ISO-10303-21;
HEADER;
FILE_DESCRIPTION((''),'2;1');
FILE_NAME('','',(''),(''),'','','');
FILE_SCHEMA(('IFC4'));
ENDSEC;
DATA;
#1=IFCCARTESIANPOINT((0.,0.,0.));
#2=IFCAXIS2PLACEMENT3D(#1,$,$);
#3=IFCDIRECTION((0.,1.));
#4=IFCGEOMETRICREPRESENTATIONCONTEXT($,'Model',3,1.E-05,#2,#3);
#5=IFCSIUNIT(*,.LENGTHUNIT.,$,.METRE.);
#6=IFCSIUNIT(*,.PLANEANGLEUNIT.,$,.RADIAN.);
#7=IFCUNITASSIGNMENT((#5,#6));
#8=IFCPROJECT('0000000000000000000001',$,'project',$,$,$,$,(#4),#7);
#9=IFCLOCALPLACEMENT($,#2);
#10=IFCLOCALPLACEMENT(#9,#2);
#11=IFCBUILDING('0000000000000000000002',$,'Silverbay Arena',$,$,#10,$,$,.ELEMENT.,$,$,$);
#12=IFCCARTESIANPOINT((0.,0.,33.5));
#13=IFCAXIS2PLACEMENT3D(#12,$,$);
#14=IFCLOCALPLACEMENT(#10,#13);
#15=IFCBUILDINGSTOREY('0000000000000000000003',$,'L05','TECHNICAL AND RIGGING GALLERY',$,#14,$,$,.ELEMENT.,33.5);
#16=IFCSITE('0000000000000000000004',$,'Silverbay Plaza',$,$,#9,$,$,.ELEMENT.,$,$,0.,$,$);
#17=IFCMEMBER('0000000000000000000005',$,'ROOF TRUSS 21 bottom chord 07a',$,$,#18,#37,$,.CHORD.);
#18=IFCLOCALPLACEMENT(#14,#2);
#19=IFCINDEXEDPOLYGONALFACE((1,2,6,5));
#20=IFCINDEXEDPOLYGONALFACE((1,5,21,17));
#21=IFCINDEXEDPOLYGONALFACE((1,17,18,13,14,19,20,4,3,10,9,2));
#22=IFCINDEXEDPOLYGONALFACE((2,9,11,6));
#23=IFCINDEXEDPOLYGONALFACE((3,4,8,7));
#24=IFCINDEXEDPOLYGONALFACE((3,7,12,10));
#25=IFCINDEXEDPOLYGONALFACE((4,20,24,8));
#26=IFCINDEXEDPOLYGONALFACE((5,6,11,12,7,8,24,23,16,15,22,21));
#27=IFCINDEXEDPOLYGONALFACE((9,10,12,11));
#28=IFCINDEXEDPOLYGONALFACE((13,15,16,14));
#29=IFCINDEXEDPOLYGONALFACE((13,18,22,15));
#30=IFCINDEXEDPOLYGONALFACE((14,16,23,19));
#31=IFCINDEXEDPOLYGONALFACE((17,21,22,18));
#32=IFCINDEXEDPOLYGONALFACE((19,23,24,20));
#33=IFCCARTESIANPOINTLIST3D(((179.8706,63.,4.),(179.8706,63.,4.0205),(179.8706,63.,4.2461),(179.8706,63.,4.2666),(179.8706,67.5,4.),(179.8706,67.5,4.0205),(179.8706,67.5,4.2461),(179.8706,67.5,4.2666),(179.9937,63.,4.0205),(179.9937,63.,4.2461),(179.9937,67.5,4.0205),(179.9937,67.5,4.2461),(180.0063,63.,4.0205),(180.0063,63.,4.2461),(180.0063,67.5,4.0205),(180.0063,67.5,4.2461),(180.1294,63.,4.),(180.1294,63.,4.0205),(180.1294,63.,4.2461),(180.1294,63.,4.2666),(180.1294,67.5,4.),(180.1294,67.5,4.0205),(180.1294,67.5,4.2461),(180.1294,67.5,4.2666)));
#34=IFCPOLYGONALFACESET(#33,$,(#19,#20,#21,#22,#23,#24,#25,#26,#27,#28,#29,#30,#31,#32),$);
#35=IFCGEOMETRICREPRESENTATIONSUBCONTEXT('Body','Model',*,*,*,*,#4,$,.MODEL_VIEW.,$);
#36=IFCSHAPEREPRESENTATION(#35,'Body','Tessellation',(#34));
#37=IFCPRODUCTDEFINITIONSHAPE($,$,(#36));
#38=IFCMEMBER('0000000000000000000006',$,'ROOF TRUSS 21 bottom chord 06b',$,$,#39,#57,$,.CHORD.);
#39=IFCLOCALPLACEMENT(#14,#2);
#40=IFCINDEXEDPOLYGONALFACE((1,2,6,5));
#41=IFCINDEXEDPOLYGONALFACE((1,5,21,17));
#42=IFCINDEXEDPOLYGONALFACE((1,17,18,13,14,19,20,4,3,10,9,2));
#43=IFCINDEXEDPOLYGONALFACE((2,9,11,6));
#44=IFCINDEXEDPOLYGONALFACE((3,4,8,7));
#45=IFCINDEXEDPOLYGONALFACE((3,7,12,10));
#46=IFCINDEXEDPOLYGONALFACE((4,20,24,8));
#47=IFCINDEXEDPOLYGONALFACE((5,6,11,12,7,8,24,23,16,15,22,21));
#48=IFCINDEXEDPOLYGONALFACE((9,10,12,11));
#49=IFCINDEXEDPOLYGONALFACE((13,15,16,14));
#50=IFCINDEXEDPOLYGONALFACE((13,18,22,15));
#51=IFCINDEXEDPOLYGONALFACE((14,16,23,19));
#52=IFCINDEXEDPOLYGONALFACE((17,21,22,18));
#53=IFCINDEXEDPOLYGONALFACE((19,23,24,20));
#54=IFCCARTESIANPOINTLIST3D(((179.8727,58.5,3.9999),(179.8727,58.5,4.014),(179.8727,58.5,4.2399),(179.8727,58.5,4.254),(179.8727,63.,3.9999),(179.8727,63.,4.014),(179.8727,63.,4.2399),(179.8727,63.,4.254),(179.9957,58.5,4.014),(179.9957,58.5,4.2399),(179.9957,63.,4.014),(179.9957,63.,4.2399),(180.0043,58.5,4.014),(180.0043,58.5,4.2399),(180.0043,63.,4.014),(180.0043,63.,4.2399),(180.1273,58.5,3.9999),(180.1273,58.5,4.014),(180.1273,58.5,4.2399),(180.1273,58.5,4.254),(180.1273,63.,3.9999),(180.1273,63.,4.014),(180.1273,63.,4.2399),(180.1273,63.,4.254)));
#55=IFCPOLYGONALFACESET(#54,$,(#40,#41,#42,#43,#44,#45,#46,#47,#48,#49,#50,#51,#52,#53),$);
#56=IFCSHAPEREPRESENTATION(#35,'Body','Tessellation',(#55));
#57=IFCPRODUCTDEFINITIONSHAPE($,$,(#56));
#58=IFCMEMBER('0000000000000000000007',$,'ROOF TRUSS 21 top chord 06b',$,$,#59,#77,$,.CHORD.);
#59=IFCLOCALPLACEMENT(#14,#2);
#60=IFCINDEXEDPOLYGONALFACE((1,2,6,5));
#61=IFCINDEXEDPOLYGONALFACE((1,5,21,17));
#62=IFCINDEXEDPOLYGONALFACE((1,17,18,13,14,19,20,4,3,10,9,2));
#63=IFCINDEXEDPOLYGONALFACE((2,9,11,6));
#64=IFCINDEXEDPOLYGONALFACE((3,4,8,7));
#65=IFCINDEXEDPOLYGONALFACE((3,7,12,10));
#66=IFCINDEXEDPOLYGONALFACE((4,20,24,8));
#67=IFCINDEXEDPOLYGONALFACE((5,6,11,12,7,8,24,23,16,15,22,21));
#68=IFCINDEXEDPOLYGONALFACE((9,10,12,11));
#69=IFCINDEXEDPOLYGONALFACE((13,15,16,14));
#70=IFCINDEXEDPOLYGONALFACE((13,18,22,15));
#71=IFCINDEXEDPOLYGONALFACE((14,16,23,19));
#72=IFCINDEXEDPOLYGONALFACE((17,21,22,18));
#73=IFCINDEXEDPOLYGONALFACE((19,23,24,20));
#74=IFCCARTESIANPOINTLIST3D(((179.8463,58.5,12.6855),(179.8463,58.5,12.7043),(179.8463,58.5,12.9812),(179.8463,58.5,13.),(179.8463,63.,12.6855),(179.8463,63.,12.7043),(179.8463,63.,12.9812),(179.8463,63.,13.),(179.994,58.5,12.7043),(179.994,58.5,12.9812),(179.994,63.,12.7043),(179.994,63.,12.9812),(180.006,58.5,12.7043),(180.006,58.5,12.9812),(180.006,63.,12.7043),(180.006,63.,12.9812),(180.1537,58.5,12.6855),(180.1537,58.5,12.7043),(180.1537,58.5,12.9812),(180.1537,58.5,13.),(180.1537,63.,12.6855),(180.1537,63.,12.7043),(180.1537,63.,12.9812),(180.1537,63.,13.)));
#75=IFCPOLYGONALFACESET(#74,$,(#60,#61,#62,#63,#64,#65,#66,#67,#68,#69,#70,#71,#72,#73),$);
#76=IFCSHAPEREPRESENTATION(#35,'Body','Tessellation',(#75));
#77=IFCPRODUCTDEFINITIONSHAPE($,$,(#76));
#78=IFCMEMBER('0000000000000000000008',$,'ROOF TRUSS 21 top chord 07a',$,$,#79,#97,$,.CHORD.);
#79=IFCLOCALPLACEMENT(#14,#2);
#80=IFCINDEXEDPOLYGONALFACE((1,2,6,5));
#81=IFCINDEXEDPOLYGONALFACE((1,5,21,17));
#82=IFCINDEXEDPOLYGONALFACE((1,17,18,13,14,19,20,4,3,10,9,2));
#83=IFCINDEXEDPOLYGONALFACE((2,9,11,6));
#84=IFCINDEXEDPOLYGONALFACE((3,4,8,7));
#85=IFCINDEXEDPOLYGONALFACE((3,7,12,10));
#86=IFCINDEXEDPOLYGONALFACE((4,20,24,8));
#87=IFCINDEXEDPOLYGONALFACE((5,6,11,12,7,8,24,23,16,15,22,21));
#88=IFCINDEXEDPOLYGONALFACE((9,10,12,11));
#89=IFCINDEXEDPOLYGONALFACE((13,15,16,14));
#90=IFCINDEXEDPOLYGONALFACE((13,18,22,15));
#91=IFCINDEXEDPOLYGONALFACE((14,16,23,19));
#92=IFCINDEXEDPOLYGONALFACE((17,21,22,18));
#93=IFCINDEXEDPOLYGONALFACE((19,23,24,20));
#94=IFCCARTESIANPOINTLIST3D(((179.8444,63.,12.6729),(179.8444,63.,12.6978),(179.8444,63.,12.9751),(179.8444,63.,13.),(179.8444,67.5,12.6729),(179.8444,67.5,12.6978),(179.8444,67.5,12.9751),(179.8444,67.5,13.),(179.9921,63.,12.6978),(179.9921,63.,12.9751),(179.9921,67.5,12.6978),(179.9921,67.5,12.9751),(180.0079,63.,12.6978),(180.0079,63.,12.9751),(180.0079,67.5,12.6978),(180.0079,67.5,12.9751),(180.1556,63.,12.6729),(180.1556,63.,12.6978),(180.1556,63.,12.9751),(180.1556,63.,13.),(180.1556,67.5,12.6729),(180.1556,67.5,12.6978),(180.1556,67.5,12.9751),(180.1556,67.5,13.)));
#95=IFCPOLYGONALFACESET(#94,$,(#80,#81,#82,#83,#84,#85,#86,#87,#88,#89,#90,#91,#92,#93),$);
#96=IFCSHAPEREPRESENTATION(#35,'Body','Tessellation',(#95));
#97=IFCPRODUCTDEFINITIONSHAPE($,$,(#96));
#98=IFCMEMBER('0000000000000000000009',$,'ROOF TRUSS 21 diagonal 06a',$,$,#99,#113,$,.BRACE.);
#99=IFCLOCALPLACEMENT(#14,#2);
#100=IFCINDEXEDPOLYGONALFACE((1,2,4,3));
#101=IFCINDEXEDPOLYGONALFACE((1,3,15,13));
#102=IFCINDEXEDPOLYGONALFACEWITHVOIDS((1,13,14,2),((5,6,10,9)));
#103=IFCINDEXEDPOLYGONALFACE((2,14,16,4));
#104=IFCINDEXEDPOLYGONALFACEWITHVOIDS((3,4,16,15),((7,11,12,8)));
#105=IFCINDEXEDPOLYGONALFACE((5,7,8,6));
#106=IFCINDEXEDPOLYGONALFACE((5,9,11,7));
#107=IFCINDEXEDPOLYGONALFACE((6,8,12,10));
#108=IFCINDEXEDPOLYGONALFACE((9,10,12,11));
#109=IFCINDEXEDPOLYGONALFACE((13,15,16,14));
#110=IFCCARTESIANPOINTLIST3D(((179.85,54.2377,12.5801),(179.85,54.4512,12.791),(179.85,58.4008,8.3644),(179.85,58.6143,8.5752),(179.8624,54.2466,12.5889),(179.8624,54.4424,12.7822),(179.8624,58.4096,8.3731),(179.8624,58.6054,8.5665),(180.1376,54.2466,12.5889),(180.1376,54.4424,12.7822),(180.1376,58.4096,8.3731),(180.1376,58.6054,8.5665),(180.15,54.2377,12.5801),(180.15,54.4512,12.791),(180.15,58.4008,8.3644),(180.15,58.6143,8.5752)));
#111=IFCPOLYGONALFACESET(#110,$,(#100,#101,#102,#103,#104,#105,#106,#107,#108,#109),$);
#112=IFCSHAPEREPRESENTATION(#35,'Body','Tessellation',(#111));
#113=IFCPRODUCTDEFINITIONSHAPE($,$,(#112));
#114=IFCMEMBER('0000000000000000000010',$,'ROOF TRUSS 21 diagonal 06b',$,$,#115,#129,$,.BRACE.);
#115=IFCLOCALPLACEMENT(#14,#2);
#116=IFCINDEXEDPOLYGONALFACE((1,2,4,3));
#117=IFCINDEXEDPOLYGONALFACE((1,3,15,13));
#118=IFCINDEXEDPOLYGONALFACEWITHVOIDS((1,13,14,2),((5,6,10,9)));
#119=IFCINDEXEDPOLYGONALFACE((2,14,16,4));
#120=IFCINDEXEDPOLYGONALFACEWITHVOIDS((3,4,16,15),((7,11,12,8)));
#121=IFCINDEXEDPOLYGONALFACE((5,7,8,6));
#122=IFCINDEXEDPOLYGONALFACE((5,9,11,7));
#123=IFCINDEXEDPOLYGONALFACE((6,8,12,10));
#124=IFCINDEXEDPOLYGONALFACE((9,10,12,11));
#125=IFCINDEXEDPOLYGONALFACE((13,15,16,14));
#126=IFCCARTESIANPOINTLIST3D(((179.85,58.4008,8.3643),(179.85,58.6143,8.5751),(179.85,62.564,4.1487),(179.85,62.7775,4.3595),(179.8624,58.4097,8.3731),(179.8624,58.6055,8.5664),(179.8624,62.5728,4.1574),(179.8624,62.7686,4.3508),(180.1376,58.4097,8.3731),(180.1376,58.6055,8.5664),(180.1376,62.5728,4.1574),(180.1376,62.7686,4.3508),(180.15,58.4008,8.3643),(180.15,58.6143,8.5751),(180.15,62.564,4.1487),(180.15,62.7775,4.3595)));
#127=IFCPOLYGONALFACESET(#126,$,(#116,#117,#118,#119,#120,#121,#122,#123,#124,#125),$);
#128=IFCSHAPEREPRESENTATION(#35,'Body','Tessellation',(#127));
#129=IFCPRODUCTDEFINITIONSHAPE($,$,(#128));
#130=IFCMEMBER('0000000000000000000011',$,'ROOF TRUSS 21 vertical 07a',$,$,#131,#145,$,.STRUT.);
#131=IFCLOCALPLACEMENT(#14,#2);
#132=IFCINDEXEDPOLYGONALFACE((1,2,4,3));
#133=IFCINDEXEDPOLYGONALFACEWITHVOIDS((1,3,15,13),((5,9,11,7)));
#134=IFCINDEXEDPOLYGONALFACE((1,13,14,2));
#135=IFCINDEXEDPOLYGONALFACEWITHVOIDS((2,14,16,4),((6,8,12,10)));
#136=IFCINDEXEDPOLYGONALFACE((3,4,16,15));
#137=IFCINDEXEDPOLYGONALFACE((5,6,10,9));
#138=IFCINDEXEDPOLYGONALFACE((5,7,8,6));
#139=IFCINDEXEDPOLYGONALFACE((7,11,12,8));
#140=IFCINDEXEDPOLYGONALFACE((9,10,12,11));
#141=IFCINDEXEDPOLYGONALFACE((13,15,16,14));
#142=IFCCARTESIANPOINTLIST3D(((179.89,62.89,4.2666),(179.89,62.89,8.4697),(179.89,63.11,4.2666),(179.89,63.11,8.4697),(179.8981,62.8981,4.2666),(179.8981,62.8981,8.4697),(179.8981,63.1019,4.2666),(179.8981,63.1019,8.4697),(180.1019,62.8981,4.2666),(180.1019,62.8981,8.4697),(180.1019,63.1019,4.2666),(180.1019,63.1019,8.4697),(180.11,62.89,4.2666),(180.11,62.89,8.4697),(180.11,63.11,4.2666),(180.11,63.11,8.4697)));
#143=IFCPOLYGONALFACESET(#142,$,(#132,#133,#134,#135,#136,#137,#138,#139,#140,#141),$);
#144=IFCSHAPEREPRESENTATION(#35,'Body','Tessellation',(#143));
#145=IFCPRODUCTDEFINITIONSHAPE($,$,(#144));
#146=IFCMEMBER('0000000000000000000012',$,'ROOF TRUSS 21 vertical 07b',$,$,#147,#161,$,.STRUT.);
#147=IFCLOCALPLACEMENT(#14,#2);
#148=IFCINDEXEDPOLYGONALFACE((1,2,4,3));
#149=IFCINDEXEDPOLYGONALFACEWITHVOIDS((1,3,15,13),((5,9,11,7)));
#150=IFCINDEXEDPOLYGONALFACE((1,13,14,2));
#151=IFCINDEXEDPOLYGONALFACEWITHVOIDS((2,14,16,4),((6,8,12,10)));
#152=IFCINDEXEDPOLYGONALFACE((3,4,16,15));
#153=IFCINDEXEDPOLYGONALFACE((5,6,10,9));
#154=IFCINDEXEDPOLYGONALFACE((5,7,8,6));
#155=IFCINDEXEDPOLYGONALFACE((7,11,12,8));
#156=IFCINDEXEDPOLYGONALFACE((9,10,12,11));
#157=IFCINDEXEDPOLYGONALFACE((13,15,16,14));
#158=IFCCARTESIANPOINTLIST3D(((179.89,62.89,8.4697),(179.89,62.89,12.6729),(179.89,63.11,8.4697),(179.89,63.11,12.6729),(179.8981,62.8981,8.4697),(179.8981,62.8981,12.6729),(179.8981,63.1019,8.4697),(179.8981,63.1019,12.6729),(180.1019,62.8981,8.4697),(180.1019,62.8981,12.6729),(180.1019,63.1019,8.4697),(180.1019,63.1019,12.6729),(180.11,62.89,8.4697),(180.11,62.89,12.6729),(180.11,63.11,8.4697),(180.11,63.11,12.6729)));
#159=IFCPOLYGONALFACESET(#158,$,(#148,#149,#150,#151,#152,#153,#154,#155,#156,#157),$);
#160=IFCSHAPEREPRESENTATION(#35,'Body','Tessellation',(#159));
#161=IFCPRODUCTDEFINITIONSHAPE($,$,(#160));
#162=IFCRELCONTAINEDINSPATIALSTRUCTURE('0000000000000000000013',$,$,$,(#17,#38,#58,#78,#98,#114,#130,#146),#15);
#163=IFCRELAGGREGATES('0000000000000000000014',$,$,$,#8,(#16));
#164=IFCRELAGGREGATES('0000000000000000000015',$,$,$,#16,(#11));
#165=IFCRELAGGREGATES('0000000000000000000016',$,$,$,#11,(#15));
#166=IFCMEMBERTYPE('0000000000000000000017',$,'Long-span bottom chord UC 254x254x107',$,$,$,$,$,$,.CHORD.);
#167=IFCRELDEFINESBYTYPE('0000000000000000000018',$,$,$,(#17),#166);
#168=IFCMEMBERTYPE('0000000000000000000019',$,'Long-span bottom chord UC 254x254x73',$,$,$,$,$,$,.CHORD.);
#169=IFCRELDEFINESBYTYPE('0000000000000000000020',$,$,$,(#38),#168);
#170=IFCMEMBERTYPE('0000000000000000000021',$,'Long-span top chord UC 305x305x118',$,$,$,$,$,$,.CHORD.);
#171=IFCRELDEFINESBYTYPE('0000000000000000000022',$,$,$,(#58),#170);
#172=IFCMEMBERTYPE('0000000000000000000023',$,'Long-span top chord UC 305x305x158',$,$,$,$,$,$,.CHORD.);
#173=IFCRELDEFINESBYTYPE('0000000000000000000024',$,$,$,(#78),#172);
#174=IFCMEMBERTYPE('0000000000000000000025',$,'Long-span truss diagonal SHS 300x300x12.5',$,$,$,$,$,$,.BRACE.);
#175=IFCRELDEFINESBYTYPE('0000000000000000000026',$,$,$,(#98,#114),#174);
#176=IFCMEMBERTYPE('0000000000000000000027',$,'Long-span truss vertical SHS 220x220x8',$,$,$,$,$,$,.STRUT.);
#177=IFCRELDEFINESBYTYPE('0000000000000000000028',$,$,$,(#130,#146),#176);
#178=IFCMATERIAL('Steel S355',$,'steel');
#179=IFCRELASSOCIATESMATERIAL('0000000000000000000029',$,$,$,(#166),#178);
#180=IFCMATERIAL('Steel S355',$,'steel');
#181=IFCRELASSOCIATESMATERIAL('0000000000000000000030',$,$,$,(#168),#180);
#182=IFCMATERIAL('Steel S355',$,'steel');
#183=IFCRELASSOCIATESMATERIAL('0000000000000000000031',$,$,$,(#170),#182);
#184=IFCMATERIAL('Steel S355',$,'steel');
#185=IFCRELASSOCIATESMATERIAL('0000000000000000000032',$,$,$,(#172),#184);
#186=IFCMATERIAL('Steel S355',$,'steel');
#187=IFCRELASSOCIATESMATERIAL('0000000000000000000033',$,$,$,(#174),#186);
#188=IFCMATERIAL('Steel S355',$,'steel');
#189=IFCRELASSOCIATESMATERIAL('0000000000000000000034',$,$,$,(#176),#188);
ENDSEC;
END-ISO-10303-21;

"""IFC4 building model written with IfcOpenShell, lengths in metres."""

from ifc_helpers import new_model, si_unit, direction, frame, origin, origin_2d, place, context, subcontext, project, spatial, hollow_rectangle, i_section, extrude, material, material_profile, profile_set, type_object, element, save


model = new_model("IFC4")

# Units and contexts
model_context = context("Model", 3, precision=1e-05, world=origin(), true_north=direction((0.0, 1.0)))
body_context = subcontext(model_context, "Body", "Model", "MODEL_VIEW")
ifc_project = project(units=[si_unit("LENGTHUNIT", "METRE"), si_unit("PLANEANGLEUNIT", "RADIAN")], contexts=[model_context])

# Site, building, storey
site_placement = place(None, origin())
site = spatial("IfcSite", under=ifc_project, at=site_placement, Name="Silverbay Plaza", CompositionType="ELEMENT", RefElevation=0.0)
building_placement = place(site_placement, origin())
building = spatial("IfcBuilding", under=site, at=building_placement, Name="Silverbay Arena", CompositionType="ELEMENT")
storey_placement = place(building_placement, frame((0.0, 0.0, 33.5)))
storey = spatial("IfcBuildingStorey", under=building, at=storey_placement, Name="L05", Description="TECHNICAL AND RIGGING GALLERY", CompositionType="ELEMENT", Elevation=33.5)

# Members
ifc_material_1 = material(Name="Steel S355", Category="steel")
ifc_material_profile_1 = material_profile(ifc_material_1, i_section(OverallWidth=0.2588, OverallDepth=0.2666, WebThickness=0.0127, FlangeThickness=0.0205, at=origin_2d()), Name="UC 254x254x107")
ifc_profile_set_1 = profile_set([ifc_material_profile_1], Name="Steel S355")
member_type_1 = type_object("IfcMemberType", Name="Long-span bottom chord UC 254x254x107", PredefinedType="CHORD", material=ifc_profile_set_1)
member_1_placement = place(storey_placement, frame((180.0, 63.0, 4.1333), z_axis=(0.0, 1.0, 0.0), x_axis=(-1.0, 0.0, 0.0)))
element("IfcMember", 1, at=member_1_placement, inside=storey, type_object=member_type_1, Name="ROOF TRUSS 21 bottom chord 07a", PredefinedType="CHORD", context=body_context, shape_type="SweptSolid", body=[
    extrude(i_section(OverallWidth=0.2588, OverallDepth=0.2666, WebThickness=0.0127, FlangeThickness=0.0205, at=origin_2d()), origin(), (0.0, 0.0, 1.0), 4.5),
])
ifc_material_2 = material(Name="Steel S355", Category="steel")
ifc_material_profile_2 = material_profile(ifc_material_2, i_section(OverallWidth=0.2546, OverallDepth=0.2542, WebThickness=0.0085, FlangeThickness=0.0142, at=origin_2d()), Name="UC 254x254x73")
ifc_profile_set_2 = profile_set([ifc_material_profile_2], Name="Steel S355")
member_type_2 = type_object("IfcMemberType", Name="Long-span bottom chord UC 254x254x73", PredefinedType="CHORD", material=ifc_profile_set_2)
member_2_placement = place(storey_placement, frame((180.0, 58.5, 4.127), z_axis=(0.0, 1.0, 0.0), x_axis=(-1.0, 0.0, 0.0)))
element("IfcMember", 2, at=member_2_placement, inside=storey, type_object=member_type_2, Name="ROOF TRUSS 21 bottom chord 06b", PredefinedType="CHORD", context=body_context, shape_type="SweptSolid", body=[
    extrude(i_section(OverallWidth=0.2546, OverallDepth=0.2542, WebThickness=0.0085, FlangeThickness=0.0142, at=origin_2d()), origin(), (0.0, 0.0, 1.0), 4.5),
])
ifc_material_3 = material(Name="Steel S355", Category="steel")
ifc_material_profile_3 = material_profile(ifc_material_3, i_section(OverallWidth=0.3074, OverallDepth=0.3145, WebThickness=0.012, FlangeThickness=0.0188, at=origin_2d()), Name="UC 305x305x118")
ifc_profile_set_3 = profile_set([ifc_material_profile_3], Name="Steel S355")
member_type_3 = type_object("IfcMemberType", Name="Long-span top chord UC 305x305x118", PredefinedType="CHORD", material=ifc_profile_set_3)
member_3_placement = place(storey_placement, frame((180.0, 58.5, 12.8428), z_axis=(0.0, 1.0, 0.0), x_axis=(-1.0, 0.0, 0.0)))
element("IfcMember", 3, at=member_3_placement, inside=storey, type_object=member_type_3, Name="ROOF TRUSS 21 top chord 06b", PredefinedType="CHORD", context=body_context, shape_type="SweptSolid", body=[
    extrude(i_section(OverallWidth=0.3074, OverallDepth=0.3145, WebThickness=0.012, FlangeThickness=0.0188, at=origin_2d()), origin(), (0.0, 0.0, 1.0), 4.5),
])
ifc_material_4 = material(Name="Steel S355", Category="steel")
ifc_material_profile_4 = material_profile(ifc_material_4, i_section(OverallWidth=0.3113, OverallDepth=0.3271, WebThickness=0.0159, FlangeThickness=0.0249, at=origin_2d()), Name="UC 305x305x158")
ifc_profile_set_4 = profile_set([ifc_material_profile_4], Name="Steel S355")
member_type_4 = type_object("IfcMemberType", Name="Long-span top chord UC 305x305x158", PredefinedType="CHORD", material=ifc_profile_set_4)
member_4_placement = place(storey_placement, frame((180.0, 63.0, 12.8364), z_axis=(0.0, 1.0, 0.0), x_axis=(-1.0, 0.0, 0.0)))
element("IfcMember", 4, at=member_4_placement, inside=storey, type_object=member_type_4, Name="ROOF TRUSS 21 top chord 07a", PredefinedType="CHORD", context=body_context, shape_type="SweptSolid", body=[
    extrude(i_section(OverallWidth=0.3113, OverallDepth=0.3271, WebThickness=0.0159, FlangeThickness=0.0249, at=origin_2d()), origin(), (0.0, 0.0, 1.0), 4.5),
])
ifc_material_5 = material(Name="Steel S355", Category="steel")
ifc_material_profile_5 = material_profile(ifc_material_5, hollow_rectangle(XDim=0.3, YDim=0.3, WallThickness=0.0125, at=origin_2d()), Name="SHS 300x300x12.5")
ifc_profile_set_5 = profile_set([ifc_material_profile_5], Name="Steel S355")
member_type_5 = type_object("IfcMemberType", Name="Long-span truss diagonal SHS 300x300x12.5", PredefinedType="BRACE", material=ifc_profile_set_5)
for number, where, z_axis, x_axis, name in (
    (5, (180.0, 54.3445, 12.6855), (0.0, 0.702643, -0.711543), (-1.0, 0.0, 0.0), "ROOF TRUSS 21 diagonal 06a"),
    (6, (180.0, 58.5076, 8.4697), (0.0, 0.702663, -0.711523), (-1.0, 0.0, 0.0), "ROOF TRUSS 21 diagonal 06b"),
):
    element("IfcMember", number, at=place(storey_placement, frame(where, z_axis=z_axis, x_axis=x_axis)), inside=storey, type_object=member_type_5, Name=name, PredefinedType="BRACE", context=body_context, shape_type="SweptSolid", body=[
        extrude(hollow_rectangle(XDim=0.3, YDim=0.3, WallThickness=0.0125, at=origin_2d()), origin(), (0.0, 0.0, 1.0), 5.9248),
    ])
ifc_material_6 = material(Name="Steel S355", Category="steel")
ifc_material_profile_6 = material_profile(ifc_material_6, hollow_rectangle(XDim=0.22, YDim=0.22, WallThickness=0.0081, at=origin_2d()), Name="SHS 220x220x8")
ifc_profile_set_6 = profile_set([ifc_material_profile_6], Name="Steel S355")
member_type_6 = type_object("IfcMemberType", Name="Long-span truss vertical SHS 220x220x8", PredefinedType="STRUT", material=ifc_profile_set_6)
for number, where, z_axis, x_axis, name in (
    (7, (180.0, 63.0, 4.2666), (0.0, 0.0, 1.0), (1.0, 0.0, 0.0), "ROOF TRUSS 21 vertical 07a"),
    (8, (180.0, 63.0, 8.4697), (0.0, 0.0, 1.0), (1.0, 0.0, 0.0), "ROOF TRUSS 21 vertical 07b"),
):
    element("IfcMember", number, at=place(storey_placement, frame(where, z_axis=z_axis, x_axis=x_axis)), inside=storey, type_object=member_type_6, Name=name, PredefinedType="STRUT", context=body_context, shape_type="SweptSolid", body=[
        extrude(hollow_rectangle(XDim=0.22, YDim=0.22, WallThickness=0.0081, at=origin_2d()), origin(), (0.0, 0.0, 1.0), 4.2031),
    ])

save(model, "model.ifc")
